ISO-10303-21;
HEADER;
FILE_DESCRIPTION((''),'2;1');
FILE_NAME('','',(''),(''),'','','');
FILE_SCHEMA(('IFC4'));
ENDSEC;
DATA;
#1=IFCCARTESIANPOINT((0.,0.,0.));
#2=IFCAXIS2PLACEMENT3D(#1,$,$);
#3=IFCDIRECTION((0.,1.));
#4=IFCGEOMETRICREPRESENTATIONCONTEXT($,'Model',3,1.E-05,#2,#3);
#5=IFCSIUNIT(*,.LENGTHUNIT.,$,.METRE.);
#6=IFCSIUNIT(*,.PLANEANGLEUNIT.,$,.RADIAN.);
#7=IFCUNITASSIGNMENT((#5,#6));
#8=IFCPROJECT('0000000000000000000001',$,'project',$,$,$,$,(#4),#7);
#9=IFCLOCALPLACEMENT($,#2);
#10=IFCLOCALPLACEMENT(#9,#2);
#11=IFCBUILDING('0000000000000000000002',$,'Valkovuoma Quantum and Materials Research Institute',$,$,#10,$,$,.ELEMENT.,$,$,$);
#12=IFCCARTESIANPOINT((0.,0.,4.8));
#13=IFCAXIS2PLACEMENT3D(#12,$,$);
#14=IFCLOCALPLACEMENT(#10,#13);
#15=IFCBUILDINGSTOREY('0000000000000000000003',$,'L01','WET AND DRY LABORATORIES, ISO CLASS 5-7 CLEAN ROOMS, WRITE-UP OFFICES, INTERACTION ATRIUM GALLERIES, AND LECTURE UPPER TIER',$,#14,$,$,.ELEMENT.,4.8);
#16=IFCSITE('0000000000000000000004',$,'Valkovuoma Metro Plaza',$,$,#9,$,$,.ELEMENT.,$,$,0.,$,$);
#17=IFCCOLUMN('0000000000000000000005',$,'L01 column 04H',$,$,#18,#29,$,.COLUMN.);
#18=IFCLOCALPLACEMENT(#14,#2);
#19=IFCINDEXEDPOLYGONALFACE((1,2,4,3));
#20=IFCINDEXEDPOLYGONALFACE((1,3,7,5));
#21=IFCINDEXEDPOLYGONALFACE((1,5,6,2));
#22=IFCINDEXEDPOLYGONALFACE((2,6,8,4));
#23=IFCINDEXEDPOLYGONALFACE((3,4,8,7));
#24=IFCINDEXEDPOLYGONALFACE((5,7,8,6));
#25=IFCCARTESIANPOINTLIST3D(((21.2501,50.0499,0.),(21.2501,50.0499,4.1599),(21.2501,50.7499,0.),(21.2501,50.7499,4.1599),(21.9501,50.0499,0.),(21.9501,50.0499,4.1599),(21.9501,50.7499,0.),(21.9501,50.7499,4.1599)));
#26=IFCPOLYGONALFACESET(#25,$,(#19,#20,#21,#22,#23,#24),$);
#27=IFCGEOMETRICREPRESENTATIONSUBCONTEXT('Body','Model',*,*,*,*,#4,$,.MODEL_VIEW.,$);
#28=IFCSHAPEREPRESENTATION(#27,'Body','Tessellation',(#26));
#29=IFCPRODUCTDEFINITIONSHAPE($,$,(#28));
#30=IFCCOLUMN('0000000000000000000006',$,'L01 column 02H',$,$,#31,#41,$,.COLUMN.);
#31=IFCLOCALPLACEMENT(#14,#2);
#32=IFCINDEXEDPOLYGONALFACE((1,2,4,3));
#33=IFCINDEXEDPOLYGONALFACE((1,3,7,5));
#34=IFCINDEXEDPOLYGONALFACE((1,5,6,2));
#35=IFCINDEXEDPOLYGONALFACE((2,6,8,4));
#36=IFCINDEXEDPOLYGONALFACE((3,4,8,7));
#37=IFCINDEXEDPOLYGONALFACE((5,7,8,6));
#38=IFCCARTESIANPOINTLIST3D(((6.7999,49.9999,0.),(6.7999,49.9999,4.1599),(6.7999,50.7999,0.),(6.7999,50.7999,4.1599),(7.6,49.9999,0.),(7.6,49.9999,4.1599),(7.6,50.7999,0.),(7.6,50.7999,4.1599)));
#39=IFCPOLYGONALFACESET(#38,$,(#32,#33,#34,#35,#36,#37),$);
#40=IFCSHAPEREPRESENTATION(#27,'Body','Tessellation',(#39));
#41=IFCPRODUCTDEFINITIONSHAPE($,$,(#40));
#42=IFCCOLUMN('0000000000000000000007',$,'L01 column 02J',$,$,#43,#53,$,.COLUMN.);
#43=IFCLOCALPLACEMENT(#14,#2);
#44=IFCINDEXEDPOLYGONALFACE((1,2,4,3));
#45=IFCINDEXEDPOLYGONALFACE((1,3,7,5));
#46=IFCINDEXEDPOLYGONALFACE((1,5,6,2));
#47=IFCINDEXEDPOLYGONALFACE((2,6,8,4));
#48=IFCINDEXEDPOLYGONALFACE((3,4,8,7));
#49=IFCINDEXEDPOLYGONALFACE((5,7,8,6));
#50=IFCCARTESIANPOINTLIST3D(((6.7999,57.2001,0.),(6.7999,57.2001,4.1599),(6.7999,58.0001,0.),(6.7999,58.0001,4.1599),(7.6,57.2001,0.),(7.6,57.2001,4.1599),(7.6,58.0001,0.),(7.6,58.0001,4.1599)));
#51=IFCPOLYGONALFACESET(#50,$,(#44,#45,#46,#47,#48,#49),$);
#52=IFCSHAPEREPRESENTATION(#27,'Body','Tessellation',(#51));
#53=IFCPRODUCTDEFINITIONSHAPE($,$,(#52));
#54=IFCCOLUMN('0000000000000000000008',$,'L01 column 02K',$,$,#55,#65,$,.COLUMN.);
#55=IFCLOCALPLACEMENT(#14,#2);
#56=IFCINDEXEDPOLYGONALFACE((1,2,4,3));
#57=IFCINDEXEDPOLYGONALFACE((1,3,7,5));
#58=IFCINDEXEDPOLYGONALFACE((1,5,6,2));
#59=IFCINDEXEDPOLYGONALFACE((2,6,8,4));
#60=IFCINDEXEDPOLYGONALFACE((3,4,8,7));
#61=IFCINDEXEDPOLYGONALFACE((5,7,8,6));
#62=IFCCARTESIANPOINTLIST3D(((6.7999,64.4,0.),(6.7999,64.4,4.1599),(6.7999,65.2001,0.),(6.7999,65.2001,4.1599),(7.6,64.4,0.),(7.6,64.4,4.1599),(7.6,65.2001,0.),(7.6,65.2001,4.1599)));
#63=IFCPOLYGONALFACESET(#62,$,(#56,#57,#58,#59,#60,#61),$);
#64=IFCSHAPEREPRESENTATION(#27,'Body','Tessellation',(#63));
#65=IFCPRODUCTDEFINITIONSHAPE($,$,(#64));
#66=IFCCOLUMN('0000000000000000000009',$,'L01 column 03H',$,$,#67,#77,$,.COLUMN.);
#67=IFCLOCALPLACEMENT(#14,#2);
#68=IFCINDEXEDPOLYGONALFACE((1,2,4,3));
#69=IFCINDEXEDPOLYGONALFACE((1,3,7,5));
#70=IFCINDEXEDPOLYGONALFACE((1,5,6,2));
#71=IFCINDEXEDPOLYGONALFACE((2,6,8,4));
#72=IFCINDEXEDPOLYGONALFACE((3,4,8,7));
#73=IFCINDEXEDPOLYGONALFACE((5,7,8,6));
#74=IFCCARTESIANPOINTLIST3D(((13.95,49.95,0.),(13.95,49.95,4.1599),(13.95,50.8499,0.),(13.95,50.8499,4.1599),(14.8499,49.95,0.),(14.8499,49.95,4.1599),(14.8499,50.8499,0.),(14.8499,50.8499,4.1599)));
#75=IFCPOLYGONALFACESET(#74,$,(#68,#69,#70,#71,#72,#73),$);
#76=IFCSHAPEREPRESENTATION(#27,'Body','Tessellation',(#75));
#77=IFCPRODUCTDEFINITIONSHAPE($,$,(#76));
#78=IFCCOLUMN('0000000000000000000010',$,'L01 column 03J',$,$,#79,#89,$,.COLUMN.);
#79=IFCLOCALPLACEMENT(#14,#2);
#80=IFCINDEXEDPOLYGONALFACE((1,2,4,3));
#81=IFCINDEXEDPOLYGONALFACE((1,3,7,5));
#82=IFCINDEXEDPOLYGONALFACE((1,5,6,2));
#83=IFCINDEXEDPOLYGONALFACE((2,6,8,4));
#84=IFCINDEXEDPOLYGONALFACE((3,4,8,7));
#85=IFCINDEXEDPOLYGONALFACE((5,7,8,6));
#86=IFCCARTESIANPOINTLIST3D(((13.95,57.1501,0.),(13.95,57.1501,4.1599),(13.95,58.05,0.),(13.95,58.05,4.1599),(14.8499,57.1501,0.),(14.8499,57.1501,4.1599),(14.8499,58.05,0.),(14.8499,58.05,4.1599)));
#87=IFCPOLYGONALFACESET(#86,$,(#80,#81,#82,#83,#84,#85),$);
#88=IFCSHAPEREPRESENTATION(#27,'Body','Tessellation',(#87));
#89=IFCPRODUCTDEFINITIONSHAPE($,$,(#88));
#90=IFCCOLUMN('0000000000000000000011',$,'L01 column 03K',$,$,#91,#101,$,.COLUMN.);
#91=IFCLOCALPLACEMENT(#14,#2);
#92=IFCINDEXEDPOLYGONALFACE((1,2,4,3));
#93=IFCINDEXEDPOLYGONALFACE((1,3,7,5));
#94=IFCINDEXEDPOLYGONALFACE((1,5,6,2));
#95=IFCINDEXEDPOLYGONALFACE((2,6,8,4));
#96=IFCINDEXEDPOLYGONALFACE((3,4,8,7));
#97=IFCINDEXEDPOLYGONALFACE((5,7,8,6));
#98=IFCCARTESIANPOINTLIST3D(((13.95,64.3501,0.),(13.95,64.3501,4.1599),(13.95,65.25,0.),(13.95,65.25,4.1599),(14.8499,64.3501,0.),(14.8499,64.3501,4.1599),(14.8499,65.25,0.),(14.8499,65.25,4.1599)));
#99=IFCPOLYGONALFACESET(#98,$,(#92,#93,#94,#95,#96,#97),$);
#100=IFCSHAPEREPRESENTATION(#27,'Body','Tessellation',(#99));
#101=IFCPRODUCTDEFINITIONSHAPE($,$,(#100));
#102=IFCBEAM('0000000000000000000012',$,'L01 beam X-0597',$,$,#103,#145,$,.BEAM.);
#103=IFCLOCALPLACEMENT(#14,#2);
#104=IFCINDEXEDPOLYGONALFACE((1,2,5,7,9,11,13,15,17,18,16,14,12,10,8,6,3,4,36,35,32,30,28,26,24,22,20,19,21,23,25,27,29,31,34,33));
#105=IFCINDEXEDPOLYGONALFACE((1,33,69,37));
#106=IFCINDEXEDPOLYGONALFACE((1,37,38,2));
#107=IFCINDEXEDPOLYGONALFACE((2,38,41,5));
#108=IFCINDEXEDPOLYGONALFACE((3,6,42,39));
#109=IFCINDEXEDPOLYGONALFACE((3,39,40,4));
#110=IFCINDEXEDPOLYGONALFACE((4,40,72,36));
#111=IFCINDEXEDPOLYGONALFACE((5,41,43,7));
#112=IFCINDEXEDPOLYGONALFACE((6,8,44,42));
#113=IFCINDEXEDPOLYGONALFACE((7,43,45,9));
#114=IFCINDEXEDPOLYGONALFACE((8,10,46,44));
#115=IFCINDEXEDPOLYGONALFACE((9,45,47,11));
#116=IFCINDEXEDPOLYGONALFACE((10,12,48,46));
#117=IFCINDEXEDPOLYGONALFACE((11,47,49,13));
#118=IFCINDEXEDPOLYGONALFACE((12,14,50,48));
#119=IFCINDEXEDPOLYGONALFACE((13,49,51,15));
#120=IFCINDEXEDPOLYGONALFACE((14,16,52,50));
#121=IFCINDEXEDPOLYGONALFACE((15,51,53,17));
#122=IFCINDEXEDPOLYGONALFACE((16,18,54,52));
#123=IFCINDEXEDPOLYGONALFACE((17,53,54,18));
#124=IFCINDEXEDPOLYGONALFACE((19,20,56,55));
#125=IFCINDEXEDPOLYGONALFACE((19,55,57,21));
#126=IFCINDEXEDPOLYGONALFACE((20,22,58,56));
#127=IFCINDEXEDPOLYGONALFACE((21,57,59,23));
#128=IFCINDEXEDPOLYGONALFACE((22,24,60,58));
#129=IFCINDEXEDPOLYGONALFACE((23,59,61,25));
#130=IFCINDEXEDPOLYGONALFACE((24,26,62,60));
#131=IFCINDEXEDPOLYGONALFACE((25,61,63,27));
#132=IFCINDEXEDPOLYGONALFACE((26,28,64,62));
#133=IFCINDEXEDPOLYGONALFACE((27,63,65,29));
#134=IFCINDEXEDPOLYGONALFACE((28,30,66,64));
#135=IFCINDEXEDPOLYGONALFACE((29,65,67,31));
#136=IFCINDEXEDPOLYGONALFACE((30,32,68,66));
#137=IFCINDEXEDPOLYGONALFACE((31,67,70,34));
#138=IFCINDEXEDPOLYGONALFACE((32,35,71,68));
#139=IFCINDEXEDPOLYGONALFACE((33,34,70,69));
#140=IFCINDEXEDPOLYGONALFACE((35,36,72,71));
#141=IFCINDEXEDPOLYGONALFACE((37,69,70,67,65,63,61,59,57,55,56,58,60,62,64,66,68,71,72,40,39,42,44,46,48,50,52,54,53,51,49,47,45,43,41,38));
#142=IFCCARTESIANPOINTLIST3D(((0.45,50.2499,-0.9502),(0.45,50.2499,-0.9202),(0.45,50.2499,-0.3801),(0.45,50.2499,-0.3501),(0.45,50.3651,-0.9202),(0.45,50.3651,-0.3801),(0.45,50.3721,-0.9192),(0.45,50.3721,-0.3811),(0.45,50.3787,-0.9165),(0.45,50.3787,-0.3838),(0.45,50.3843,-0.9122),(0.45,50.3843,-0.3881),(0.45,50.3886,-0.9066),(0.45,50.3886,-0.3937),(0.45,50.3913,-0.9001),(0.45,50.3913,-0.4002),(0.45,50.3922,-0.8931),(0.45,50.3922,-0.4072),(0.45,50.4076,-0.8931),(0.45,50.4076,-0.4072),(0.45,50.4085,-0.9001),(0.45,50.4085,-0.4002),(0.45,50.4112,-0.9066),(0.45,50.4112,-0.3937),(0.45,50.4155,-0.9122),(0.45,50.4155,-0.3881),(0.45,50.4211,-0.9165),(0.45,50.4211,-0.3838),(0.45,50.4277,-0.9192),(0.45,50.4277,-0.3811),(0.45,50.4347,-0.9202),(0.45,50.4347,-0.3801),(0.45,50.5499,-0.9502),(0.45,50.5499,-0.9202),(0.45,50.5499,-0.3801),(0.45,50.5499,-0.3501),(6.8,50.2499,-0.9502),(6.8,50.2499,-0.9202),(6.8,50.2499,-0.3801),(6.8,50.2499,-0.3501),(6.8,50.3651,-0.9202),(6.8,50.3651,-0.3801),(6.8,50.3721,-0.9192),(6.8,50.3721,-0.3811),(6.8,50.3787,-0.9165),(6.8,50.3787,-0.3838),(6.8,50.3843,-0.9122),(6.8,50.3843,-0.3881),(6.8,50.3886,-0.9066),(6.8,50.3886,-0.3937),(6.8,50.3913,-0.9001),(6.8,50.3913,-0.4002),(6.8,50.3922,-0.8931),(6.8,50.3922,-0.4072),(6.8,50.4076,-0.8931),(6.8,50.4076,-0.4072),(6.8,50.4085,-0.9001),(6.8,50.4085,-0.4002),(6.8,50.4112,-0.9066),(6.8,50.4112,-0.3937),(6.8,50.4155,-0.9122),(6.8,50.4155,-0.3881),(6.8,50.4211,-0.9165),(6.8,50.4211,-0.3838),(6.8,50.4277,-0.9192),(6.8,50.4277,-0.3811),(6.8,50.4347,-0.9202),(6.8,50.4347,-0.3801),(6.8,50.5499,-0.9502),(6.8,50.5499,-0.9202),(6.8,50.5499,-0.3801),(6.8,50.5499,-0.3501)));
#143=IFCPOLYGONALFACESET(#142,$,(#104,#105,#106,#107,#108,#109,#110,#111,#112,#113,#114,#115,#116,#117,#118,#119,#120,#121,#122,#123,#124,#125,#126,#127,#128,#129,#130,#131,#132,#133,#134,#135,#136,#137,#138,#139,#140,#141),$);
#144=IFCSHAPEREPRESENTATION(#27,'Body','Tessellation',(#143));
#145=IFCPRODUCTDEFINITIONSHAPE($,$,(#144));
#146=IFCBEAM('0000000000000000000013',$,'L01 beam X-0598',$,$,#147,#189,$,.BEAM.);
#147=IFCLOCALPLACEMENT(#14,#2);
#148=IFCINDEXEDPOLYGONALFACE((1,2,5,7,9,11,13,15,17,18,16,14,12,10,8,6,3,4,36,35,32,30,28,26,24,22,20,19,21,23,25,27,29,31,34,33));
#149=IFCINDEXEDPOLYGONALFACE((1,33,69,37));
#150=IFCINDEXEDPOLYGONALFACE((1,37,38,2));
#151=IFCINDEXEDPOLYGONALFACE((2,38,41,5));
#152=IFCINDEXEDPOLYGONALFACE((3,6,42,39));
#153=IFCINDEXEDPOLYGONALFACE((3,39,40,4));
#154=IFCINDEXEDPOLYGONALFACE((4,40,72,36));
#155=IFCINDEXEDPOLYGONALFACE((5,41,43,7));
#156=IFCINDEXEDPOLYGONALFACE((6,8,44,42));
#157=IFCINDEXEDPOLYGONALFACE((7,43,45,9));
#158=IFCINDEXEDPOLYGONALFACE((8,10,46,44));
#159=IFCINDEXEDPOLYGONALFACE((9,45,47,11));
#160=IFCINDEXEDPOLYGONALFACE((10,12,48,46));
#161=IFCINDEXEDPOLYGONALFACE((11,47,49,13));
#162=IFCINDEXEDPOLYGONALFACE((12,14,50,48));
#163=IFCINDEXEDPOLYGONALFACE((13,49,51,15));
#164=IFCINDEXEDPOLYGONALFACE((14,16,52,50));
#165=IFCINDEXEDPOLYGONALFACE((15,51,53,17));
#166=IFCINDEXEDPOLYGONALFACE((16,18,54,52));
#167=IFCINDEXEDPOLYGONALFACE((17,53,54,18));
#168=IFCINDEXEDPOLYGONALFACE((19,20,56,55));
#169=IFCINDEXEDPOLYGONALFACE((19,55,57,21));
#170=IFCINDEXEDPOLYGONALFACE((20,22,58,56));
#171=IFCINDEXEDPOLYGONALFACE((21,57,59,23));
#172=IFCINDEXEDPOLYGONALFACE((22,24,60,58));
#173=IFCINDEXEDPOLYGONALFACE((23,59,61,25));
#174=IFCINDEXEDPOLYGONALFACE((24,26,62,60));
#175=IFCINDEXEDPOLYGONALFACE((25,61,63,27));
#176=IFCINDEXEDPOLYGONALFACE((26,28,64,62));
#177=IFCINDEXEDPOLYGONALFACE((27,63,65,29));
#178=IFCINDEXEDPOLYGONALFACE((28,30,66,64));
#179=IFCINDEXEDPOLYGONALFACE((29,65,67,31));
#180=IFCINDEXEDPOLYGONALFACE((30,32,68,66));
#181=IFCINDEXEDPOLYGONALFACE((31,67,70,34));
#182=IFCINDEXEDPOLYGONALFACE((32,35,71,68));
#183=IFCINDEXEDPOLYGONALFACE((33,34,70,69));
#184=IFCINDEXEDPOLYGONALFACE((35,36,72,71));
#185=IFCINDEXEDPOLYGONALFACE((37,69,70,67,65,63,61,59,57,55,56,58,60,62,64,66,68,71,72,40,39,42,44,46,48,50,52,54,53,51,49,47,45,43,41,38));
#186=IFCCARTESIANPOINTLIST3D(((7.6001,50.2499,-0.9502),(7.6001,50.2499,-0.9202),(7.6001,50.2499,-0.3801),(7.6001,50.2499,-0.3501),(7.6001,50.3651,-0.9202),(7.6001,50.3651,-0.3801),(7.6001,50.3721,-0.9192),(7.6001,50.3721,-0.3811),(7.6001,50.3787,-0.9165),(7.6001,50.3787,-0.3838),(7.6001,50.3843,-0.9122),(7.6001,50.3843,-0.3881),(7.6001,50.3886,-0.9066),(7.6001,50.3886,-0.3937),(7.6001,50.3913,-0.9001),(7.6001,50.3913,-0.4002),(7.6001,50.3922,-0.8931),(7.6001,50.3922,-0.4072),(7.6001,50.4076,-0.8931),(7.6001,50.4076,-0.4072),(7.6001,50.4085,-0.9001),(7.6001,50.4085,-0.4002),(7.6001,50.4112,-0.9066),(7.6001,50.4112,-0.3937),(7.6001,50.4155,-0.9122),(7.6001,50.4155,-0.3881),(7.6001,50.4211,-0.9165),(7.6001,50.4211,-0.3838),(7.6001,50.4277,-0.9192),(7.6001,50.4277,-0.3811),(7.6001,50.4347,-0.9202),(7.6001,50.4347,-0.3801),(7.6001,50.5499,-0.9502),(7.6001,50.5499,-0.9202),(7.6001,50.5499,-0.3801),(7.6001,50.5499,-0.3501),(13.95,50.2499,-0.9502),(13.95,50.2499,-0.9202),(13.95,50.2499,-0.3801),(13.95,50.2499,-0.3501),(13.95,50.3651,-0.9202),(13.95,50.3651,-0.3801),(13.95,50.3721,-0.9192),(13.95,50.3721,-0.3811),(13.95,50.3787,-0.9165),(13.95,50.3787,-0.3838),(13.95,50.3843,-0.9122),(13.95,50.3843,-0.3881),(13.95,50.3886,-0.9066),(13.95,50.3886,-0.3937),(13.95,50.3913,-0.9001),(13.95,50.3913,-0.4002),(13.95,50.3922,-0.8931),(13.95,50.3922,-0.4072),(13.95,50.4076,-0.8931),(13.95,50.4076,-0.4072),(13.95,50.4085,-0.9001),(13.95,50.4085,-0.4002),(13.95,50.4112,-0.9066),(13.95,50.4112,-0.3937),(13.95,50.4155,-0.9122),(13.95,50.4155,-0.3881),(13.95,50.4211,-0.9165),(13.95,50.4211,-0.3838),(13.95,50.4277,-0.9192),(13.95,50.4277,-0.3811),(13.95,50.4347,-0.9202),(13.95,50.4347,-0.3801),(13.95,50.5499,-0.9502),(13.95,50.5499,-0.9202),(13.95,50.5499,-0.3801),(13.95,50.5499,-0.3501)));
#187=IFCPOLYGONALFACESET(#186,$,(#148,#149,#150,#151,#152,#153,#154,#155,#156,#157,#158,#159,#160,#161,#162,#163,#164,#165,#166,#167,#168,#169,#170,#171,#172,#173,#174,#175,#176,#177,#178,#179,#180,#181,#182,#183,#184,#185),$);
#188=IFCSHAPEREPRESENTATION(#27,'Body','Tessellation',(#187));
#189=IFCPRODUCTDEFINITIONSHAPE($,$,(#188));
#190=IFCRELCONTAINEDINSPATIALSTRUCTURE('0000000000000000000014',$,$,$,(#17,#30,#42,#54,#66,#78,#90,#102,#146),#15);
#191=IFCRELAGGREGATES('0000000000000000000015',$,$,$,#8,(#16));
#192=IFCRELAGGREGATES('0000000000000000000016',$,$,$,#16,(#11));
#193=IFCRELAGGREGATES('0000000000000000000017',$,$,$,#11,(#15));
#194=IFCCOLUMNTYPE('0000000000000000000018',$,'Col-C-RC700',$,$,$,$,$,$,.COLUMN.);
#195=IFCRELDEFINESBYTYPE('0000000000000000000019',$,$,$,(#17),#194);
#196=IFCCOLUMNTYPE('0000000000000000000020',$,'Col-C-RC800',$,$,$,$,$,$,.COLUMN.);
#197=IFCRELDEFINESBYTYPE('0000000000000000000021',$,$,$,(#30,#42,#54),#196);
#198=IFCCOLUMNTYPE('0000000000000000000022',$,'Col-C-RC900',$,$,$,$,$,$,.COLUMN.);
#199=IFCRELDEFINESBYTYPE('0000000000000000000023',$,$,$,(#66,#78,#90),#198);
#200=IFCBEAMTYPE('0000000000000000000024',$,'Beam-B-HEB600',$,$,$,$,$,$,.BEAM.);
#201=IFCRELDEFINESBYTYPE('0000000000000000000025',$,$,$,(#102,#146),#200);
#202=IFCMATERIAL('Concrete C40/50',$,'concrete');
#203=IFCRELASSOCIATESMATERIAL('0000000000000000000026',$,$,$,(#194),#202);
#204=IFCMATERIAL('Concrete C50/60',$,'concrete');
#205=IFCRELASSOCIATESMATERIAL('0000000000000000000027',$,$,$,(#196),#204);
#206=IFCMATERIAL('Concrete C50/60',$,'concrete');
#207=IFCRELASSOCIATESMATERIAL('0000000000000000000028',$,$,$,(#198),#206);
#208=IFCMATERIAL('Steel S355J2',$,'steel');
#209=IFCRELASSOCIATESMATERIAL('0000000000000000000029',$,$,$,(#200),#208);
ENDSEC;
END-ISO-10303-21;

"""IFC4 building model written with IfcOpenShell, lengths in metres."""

from ifc_helpers import new_model, si_unit, direction, frame, origin, origin_2d, place, context, subcontext, project, spatial, rectangle, i_section, extrude, material, material_profile, profile_set, type_object, element, save


model = new_model("IFC4")

# Units and contexts
model_context = context("Model", 3, precision=1e-05, world=origin(), true_north=direction((0.0, 1.0)))
body_context = subcontext(model_context, "Body", "Model", "MODEL_VIEW")
ifc_project = project(units=[si_unit("LENGTHUNIT", "METRE"), si_unit("PLANEANGLEUNIT", "RADIAN")], contexts=[model_context])

# Site, building, storey
site_placement = place(None, origin())
site = spatial("IfcSite", under=ifc_project, at=site_placement, Name="Valkovuoma Metro Plaza", CompositionType="ELEMENT", RefElevation=0.0)
building_placement = place(site_placement, origin())
building = spatial("IfcBuilding", under=site, at=building_placement, Name="Valkovuoma Quantum and Materials Research Institute", CompositionType="ELEMENT")
storey_placement = place(building_placement, frame((0.0, 0.0, 4.8)))
storey = spatial("IfcBuildingStorey", under=building, at=storey_placement, Name="L01", Description="WET AND DRY LABORATORIES, ISO CLASS 5-7 CLEAN ROOMS, WRITE-UP OFFICES, INTERACTION ATRIUM GALLERIES, AND LECTURE UPPER TIER", CompositionType="ELEMENT", Elevation=4.8)

# Columns
ifc_material_1 = material(Name="Concrete C40/50", Category="concrete")
ifc_material_profile_1 = material_profile(ifc_material_1, rectangle(XDim=0.7, YDim=0.7, at=origin_2d()), Name="Concrete C40/50")
ifc_profile_set_1 = profile_set([ifc_material_profile_1], Name="Concrete C40/50")
column_type_1 = type_object("IfcColumnType", Name="Col-C-RC700", PredefinedType="COLUMN", material=ifc_profile_set_1)
column_placement = place(storey_placement, frame((21.6001, 50.3999, 0.0), z_axis=(0.0, 0.0, 1.0), x_axis=(1.0, 0.0, 0.0)))
element("IfcColumn", 1, at=column_placement, inside=storey, type_object=column_type_1, Name="L01 column 04H", PredefinedType="COLUMN", context=body_context, shape_type="SweptSolid", body=[
    extrude(rectangle(XDim=0.7, YDim=0.7, at=origin_2d()), origin(), (0.0, 0.0, 1.0), 4.1599),
])
ifc_material_2 = material(Name="Concrete C50/60", Category="concrete")
ifc_material_profile_2 = material_profile(ifc_material_2, rectangle(XDim=0.8, YDim=0.8, at=origin_2d()), Name="Concrete C50/60")
ifc_profile_set_2 = profile_set([ifc_material_profile_2], Name="Concrete C50/60")
column_type_2 = type_object("IfcColumnType", Name="Col-C-RC800", PredefinedType="COLUMN", material=ifc_profile_set_2)
for number, where, z_axis, x_axis, name in (
    (2, (7.2, 50.3999, 0.0), (0.0, 0.0, 1.0), (1.0, 0.0, 0.0), "L01 column 02H"),
    (3, (7.2, 57.6001, 0.0), (0.0, 0.0, 1.0), (1.0, 0.0, 0.0), "L01 column 02J"),
    (4, (7.2, 64.8, 0.0), (0.0, 0.0, 1.0), (1.0, 0.0, 0.0), "L01 column 02K"),
):
    element("IfcColumn", number, at=place(storey_placement, frame(where, z_axis=z_axis, x_axis=x_axis)), inside=storey, type_object=column_type_2, Name=name, PredefinedType="COLUMN", context=body_context, shape_type="SweptSolid", body=[
        extrude(rectangle(XDim=0.8, YDim=0.8, at=origin_2d()), origin(), (0.0, 0.0, 1.0), 4.1599),
    ])
ifc_material_3 = material(Name="Concrete C50/60", Category="concrete")
ifc_material_profile_3 = material_profile(ifc_material_3, rectangle(XDim=0.8999, YDim=0.8999, at=origin_2d()), Name="Concrete C50/60")
ifc_profile_set_3 = profile_set([ifc_material_profile_3], Name="Concrete C50/60")
column_type_3 = type_object("IfcColumnType", Name="Col-C-RC900", PredefinedType="COLUMN", material=ifc_profile_set_3)
for number, where, z_axis, x_axis, name in (
    (5, (14.3999, 50.3999, 0.0), (0.0, 0.0, 1.0), (1.0, 0.0, 0.0), "L01 column 03H"),
    (6, (14.3999, 57.6001, 0.0), (0.0, 0.0, 1.0), (1.0, 0.0, 0.0), "L01 column 03J"),
    (7, (14.3999, 64.8, 0.0), (0.0, 0.0, 1.0), (1.0, 0.0, 0.0), "L01 column 03K"),
):
    element("IfcColumn", number, at=place(storey_placement, frame(where, z_axis=z_axis, x_axis=x_axis)), inside=storey, type_object=column_type_3, Name=name, PredefinedType="COLUMN", context=body_context, shape_type="SweptSolid", body=[
        extrude(rectangle(XDim=0.8999, YDim=0.8999, at=origin_2d()), origin(), (0.0, 0.0, 1.0), 4.1599),
    ])

# Beams
ifc_material_4 = material(Name="Steel S355J2", Category="steel")
ifc_material_profile_4 = material_profile(ifc_material_4, i_section(OverallWidth=0.3, OverallDepth=0.6001, WebThickness=0.0154, FlangeThickness=0.03, FilletRadius=0.0271, at=origin_2d()), Name="Steel S355J2")
ifc_profile_set_4 = profile_set([ifc_material_profile_4], Name="Steel S355J2")
beam_type_1 = type_object("IfcBeamType", Name="Beam-B-HEB600", PredefinedType="BEAM", material=ifc_profile_set_4)
beam_1_placement = place(storey_placement, frame((0.45, 50.3999, -0.6501), z_axis=(1.0, 0.0, 0.0), x_axis=(0.0, 1.0, 0.0)))
element("IfcBeam", 8, at=beam_1_placement, inside=storey, type_object=beam_type_1, Name="L01 beam X-0597", PredefinedType="BEAM", context=body_context, shape_type="SweptSolid", body=[
    extrude(i_section(OverallWidth=0.3, OverallDepth=0.6001, WebThickness=0.0154, FlangeThickness=0.03, FilletRadius=0.0271, at=origin_2d()), origin(), (0.0, 0.0, 1.0), 6.3501),
])
beam_2_placement = place(storey_placement, frame((7.6001, 50.3999, -0.6501), z_axis=(1.0, 0.0, 0.0), x_axis=(0.0, 1.0, 0.0)))
element("IfcBeam", 9, at=beam_2_placement, inside=storey, type_object=beam_type_1, Name="L01 beam X-0598", PredefinedType="BEAM", context=body_context, shape_type="SweptSolid", body=[
    extrude(i_section(OverallWidth=0.3, OverallDepth=0.6001, WebThickness=0.0154, FlangeThickness=0.03, FilletRadius=0.0271, at=origin_2d()), origin(), (0.0, 0.0, 1.0), 6.3499),
])

save(model, "model.ifc")
